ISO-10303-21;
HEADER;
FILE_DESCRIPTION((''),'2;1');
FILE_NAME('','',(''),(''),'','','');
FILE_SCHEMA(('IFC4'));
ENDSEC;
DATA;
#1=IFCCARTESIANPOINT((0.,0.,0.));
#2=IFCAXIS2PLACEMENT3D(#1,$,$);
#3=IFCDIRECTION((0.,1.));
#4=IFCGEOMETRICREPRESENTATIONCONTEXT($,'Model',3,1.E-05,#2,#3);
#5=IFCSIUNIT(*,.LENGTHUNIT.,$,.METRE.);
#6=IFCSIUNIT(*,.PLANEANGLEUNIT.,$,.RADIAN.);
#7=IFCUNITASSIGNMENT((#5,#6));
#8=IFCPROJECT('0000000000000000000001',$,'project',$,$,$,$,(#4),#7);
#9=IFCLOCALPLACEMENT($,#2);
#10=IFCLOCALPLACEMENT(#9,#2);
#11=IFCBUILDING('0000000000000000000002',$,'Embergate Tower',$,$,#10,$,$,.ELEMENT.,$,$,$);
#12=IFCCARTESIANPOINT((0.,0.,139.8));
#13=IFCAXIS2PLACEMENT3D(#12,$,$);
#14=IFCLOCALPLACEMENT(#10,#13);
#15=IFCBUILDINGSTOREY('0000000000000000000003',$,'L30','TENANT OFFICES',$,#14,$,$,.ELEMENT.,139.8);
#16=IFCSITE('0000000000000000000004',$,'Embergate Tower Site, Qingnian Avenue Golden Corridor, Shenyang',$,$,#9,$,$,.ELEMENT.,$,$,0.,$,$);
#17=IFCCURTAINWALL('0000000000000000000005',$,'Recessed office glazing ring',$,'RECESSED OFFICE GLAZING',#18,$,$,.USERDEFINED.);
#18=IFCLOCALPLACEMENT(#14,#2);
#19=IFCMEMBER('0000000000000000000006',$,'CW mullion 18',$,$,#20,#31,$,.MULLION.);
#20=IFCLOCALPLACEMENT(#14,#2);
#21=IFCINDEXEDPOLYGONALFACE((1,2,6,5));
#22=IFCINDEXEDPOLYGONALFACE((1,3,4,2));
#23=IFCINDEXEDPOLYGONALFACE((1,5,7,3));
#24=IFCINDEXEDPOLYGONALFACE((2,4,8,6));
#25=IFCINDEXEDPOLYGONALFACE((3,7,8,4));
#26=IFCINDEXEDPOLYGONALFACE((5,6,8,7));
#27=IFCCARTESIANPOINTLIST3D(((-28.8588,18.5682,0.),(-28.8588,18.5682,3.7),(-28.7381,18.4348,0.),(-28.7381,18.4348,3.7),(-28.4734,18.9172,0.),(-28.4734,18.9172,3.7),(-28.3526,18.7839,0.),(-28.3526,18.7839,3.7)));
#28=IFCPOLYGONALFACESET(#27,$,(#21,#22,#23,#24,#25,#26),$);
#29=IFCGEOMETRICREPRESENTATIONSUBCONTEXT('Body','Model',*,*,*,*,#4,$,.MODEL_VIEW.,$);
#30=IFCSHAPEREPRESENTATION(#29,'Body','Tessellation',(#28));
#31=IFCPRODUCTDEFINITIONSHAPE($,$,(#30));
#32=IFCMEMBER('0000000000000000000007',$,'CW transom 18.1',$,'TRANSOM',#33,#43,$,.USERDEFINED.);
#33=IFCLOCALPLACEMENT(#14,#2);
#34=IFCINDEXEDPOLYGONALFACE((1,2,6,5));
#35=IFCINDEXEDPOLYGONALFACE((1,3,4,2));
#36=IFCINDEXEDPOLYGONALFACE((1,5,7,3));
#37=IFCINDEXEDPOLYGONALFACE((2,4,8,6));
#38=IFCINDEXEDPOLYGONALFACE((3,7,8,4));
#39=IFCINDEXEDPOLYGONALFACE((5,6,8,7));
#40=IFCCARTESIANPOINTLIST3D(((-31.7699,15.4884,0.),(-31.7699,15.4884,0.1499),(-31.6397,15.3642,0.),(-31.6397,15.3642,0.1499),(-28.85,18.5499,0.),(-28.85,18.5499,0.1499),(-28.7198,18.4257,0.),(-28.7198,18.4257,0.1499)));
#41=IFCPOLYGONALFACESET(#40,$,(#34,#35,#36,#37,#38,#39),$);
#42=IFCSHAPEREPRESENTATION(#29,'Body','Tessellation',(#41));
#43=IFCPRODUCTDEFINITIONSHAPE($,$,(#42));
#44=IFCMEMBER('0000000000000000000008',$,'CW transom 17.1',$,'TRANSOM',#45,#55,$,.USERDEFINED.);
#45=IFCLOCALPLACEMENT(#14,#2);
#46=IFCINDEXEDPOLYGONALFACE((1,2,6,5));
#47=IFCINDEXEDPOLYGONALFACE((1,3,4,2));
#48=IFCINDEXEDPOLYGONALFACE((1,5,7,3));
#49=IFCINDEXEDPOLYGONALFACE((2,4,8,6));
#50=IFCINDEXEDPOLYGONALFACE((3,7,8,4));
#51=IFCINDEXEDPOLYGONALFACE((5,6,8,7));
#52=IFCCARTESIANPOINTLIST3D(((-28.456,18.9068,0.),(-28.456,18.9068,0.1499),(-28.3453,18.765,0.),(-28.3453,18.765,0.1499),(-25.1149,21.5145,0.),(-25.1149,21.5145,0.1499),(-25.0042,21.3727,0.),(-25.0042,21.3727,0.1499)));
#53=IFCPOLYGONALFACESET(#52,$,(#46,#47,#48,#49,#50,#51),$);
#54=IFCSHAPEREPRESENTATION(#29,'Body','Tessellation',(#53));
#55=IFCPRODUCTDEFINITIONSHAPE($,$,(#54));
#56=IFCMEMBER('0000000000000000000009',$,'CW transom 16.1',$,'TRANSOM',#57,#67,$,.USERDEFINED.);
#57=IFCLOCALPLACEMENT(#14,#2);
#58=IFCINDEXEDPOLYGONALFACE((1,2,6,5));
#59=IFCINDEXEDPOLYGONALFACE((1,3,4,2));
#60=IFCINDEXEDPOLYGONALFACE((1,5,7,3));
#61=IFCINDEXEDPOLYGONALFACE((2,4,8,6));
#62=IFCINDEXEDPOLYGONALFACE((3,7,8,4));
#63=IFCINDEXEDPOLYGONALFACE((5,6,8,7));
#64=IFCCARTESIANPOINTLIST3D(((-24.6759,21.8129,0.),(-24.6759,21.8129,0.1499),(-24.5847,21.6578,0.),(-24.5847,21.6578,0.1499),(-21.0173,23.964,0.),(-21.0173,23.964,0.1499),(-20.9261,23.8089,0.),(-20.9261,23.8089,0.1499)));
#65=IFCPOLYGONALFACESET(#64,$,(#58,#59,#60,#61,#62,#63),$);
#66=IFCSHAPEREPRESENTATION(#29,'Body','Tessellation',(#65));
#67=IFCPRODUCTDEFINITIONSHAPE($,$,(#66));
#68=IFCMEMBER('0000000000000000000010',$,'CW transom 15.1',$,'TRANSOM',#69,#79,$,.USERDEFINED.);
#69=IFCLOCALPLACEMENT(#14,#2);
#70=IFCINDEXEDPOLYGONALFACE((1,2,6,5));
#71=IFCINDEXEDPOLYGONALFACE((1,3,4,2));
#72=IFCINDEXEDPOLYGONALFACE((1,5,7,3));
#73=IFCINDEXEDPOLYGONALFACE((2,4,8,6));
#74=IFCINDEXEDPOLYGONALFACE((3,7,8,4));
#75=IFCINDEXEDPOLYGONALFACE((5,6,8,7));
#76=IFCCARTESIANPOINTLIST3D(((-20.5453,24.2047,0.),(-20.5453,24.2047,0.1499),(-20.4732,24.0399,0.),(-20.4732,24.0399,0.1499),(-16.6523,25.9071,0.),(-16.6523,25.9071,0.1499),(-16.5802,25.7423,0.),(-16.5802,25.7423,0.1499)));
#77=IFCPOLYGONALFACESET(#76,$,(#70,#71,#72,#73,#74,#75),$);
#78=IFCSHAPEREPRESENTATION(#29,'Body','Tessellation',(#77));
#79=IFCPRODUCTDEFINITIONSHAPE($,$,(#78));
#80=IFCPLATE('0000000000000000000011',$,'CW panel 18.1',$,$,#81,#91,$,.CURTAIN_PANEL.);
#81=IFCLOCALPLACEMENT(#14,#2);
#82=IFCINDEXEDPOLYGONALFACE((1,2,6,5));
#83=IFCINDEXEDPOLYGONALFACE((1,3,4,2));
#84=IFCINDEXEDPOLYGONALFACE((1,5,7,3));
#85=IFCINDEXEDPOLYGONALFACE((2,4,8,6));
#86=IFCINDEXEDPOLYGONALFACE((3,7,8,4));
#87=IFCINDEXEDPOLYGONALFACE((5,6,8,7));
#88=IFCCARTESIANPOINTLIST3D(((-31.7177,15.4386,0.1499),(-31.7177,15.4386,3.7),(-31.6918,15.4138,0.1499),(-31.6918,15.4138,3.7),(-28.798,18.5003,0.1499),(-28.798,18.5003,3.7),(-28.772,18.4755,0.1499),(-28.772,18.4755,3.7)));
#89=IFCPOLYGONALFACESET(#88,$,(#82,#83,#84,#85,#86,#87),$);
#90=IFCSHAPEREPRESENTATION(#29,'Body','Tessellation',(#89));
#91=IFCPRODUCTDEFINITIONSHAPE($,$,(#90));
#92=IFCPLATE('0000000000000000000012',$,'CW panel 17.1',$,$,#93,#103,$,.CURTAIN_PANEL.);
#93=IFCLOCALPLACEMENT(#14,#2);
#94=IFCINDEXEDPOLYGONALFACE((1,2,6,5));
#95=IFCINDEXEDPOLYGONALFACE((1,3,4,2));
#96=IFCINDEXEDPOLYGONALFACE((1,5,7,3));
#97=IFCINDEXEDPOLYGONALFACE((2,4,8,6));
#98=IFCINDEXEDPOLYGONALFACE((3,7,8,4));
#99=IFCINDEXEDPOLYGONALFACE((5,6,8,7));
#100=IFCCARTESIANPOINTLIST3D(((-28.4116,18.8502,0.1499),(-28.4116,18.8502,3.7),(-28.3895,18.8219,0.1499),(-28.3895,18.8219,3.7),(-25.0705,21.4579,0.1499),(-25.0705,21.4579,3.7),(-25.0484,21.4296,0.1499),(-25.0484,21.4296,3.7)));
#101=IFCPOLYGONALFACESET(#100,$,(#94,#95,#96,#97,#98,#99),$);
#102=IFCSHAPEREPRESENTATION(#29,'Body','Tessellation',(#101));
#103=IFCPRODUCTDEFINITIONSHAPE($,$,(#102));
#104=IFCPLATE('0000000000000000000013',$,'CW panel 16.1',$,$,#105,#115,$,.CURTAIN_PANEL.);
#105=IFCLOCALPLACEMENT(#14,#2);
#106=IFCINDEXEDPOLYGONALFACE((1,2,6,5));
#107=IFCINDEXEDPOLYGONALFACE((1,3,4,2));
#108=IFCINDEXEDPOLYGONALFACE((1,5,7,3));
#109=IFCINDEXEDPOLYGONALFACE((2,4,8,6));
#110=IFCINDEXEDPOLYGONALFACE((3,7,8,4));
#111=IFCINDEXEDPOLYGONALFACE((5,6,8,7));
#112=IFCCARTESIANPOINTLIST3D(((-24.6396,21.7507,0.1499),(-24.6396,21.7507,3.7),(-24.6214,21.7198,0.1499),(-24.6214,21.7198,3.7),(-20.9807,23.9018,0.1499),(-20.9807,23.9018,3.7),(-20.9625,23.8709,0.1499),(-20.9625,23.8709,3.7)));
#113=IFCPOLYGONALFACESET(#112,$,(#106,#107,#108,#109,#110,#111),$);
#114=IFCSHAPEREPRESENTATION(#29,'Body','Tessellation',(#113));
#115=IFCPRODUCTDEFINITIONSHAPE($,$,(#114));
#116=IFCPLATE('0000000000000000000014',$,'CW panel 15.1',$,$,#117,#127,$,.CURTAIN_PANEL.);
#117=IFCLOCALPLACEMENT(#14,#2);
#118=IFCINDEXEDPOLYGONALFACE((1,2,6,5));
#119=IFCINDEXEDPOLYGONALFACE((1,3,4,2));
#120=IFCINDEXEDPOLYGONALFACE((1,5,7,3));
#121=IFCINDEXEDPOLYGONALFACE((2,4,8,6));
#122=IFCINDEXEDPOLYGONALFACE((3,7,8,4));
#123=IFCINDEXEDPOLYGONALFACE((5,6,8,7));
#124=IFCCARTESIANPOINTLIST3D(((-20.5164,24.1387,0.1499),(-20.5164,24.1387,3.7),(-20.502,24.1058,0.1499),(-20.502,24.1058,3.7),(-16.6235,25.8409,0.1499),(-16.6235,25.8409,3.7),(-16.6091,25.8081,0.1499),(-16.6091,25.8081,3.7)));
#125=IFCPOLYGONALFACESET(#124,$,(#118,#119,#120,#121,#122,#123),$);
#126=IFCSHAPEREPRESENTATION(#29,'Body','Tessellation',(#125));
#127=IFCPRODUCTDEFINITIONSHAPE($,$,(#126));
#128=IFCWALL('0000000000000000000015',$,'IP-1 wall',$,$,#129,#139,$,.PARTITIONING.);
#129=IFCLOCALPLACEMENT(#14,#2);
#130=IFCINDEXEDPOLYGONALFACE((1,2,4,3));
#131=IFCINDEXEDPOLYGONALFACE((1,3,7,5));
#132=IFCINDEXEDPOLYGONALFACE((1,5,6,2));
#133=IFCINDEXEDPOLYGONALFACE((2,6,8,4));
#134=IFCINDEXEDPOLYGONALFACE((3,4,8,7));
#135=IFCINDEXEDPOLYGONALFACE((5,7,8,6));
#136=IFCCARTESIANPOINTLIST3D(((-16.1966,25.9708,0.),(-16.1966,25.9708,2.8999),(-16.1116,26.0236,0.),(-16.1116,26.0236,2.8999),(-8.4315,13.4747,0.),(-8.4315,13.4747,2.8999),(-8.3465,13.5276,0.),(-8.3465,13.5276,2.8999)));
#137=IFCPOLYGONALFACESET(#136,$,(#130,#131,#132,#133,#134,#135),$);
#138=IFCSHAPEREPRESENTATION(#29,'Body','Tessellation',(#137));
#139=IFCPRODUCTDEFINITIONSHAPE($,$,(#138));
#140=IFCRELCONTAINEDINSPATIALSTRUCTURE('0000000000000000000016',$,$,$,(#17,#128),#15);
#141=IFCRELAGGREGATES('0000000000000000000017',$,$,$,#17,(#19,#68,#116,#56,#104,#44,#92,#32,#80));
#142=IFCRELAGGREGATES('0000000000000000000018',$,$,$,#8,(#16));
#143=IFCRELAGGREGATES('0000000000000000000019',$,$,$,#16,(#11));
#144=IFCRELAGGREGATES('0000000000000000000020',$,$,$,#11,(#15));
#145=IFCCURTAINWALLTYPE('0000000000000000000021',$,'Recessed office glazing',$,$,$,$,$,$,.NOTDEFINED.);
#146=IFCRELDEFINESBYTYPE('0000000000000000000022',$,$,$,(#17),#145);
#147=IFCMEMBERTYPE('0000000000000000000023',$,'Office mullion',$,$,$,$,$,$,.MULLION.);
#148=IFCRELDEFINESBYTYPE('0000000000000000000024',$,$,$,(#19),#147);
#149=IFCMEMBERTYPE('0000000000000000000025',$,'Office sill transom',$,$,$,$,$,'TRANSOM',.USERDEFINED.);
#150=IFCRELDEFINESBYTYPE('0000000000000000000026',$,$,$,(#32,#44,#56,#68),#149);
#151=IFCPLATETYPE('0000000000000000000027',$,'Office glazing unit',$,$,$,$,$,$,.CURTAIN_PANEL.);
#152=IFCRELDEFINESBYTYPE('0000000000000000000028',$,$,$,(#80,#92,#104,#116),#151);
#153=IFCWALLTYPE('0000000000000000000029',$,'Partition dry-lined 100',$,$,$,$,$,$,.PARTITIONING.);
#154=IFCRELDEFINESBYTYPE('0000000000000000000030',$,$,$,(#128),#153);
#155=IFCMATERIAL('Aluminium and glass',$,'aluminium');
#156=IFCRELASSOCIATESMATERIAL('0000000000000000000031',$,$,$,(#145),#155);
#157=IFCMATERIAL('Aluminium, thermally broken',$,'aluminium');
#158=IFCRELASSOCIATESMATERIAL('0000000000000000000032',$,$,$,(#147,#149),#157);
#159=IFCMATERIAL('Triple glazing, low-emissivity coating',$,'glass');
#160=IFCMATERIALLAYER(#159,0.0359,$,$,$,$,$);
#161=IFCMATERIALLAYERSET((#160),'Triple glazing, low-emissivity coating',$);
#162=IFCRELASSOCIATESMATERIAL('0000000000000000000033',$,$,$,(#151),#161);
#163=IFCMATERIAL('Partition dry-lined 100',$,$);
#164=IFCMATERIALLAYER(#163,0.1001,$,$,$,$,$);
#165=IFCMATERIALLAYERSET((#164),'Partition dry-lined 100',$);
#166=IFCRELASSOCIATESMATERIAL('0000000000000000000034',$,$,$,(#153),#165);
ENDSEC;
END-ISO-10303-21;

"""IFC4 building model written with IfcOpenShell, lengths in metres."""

from ifc_helpers import new_model, si_unit, direction, frame, frame_2d, origin, origin_2d, place, context, subcontext, project, spatial, rectangle, extrude, source, transform, mapped, material, layer, layer_set, material_profile, profile_set, type_object, element, aggregate, save


model = new_model("IFC4")

# Units and contexts
model_context = context("Model", 3, precision=1e-05, world=origin(), true_north=direction((0.0, 1.0)))
body_context = subcontext(model_context, "Body", "Model", "MODEL_VIEW")
ifc_project = project(units=[si_unit("LENGTHUNIT", "METRE"), si_unit("PLANEANGLEUNIT", "RADIAN")], contexts=[model_context])

# Site, building, storey
site_placement = place(None, origin())
site = spatial("IfcSite", under=ifc_project, at=site_placement, Name="Embergate Tower Site, Qingnian Avenue Golden Corridor, Shenyang", CompositionType="ELEMENT", RefElevation=0.0)
building_placement = place(site_placement, origin())
building = spatial("IfcBuilding", under=site, at=building_placement, Name="Embergate Tower", CompositionType="ELEMENT")
storey_placement = place(building_placement, frame((0.0, 0.0, 139.8)))
storey = spatial("IfcBuildingStorey", under=building, at=storey_placement, Name="L30", Description="TENANT OFFICES", CompositionType="ELEMENT", Elevation=139.8)

# Curtain wall, members, plates
ifc_material_1 = material(Name="Aluminium and glass", Category="aluminium")
curtain_wall_type = type_object("IfcCurtainWallType", Name="Recessed office glazing", PredefinedType="NOTDEFINED", material=ifc_material_1)
curtain_wall_placement = place(storey_placement, origin())
curtain_wall = element("IfcCurtainWall", 1, at=curtain_wall_placement, inside=storey, type_object=curtain_wall_type, Name="Recessed office glazing ring", ObjectType="RECESSED OFFICE GLAZING", PredefinedType="USERDEFINED")
ifc_material_2 = material(Name="Aluminium, thermally broken", Category="aluminium")
ifc_material_profile_1 = material_profile(ifc_material_2, rectangle(XDim=0.1799, YDim=0.52, at=origin_2d()), Name="AL 520x180")
ifc_profile_set_1 = profile_set([ifc_material_profile_1], Name="Aluminium, thermally broken")
member_type_1 = type_object("IfcMemberType", Name="Office mullion", PredefinedType="MULLION", material=ifc_profile_set_1)
shared_shape_1 = source(origin(), body_context, "Body", "SweptSolid", [
    extrude(rectangle(XDim=0.1799, YDim=0.52, at=origin_2d()), origin(), (0.0, 0.0, 1.0), 3.7),
])
member_1_placement = place(storey_placement, frame((-28.6057, 18.676, 0.0), z_axis=(0.0, 0.0, 1.0), x_axis=(0.671225, -0.741253, 0.0)))
member_1 = element("IfcMember", 2, at=member_1_placement, type_object=member_type_1, Name="CW mullion 18", PredefinedType="MULLION", context=body_context, shape_type="MappedRepresentation", body=[
    mapped(shared_shape_1, transform((0.0, 0.0, 0.0))),
])
ifc_material_profile_2 = material_profile(ifc_material_2, rectangle(XDim=0.1799, YDim=0.1499, at=origin_2d()), Name="AL 150x180")
ifc_profile_set_2 = profile_set([ifc_material_profile_2], Name="Aluminium, thermally broken")
member_type_2 = type_object("IfcMemberType", Name="Office sill transom", ElementType="TRANSOM", PredefinedType="USERDEFINED", material=ifc_profile_set_2)
shared_shape_2 = source(origin(), body_context, "Body", "SweptSolid", [
    extrude(rectangle(XDim=0.1799, YDim=0.1499, at=origin_2d()), origin(), (0.0, 0.0, 1.0), 4.2307),
])
member_2_placement = place(storey_placement, frame((-28.7849, 18.4878, 0.075), z_axis=(-0.690174, -0.723644, 0.0), x_axis=(0.723644, -0.690174, 0.0)))
member_2 = element("IfcMember", 3, at=member_2_placement, type_object=member_type_2, Name="CW transom 18.1", ObjectType="TRANSOM", PredefinedType="USERDEFINED", context=body_context, shape_type="MappedRepresentation", body=[
    mapped(shared_shape_2, transform((0.0, 0.0, 0.0))),
])
shared_shape_3 = source(origin(), body_context, "Body", "SweptSolid", [
    extrude(rectangle(XDim=0.1799, YDim=0.1499, at=origin_2d()), origin(), (0.0, 0.0, 1.0), 4.2383),
])
member_3_placement = place(storey_placement, frame((-25.0596, 21.4436, 0.075), z_axis=(-0.788315, -0.615272, 0.0), x_axis=(0.615272, -0.788315, 0.0)))
member_3 = element("IfcMember", 4, at=member_3_placement, type_object=member_type_2, Name="CW transom 17.1", ObjectType="TRANSOM", PredefinedType="USERDEFINED", context=body_context, shape_type="MappedRepresentation", body=[
    mapped(shared_shape_3, transform((0.0, 0.0, 0.0))),
])
shared_shape_4 = source(origin(), body_context, "Body", "SweptSolid", [
    extrude(rectangle(XDim=0.1799, YDim=0.1499, at=origin_2d()), origin(), (0.0, 0.0, 1.0), 4.2441),
])
member_4_placement = place(storey_placement, frame((-20.9717, 23.8865, 0.075), z_axis=(-0.862042, -0.506837, 0.0), x_axis=(0.506837, -0.862042, 0.0)))
member_4 = element("IfcMember", 5, at=member_4_placement, type_object=member_type_2, Name="CW transom 16.1", ObjectType="TRANSOM", PredefinedType="USERDEFINED", context=body_context, shape_type="MappedRepresentation", body=[
    mapped(shared_shape_4, transform((0.0, 0.0, 0.0))),
])
shared_shape_5 = source(origin(), body_context, "Body", "SweptSolid", [
    extrude(rectangle(XDim=0.1799, YDim=0.1499, at=origin_2d()), origin(), (0.0, 0.0, 1.0), 4.249),
])
member_5_placement = place(storey_placement, frame((-16.6162, 25.8247, 0.075), z_axis=(-0.916229, -0.400656, 0.0), x_axis=(0.400656, -0.916229, 0.0)))
member_5 = element("IfcMember", 6, at=member_5_placement, type_object=member_type_2, Name="CW transom 15.1", ObjectType="TRANSOM", PredefinedType="USERDEFINED", context=body_context, shape_type="MappedRepresentation", body=[
    mapped(shared_shape_5, transform((0.0, 0.0, 0.0))),
])
ifc_material_3 = material(Name="Triple glazing, low-emissivity coating", Category="glass")
ifc_layer_1 = layer(ifc_material_3, 0.0359)
ifc_layer_set_1 = layer_set([ifc_layer_1], Name="Triple glazing, low-emissivity coating")
plate_type = type_object("IfcPlateType", Name="Office glazing unit", PredefinedType="CURTAIN_PANEL", material=ifc_layer_set_1)
shared_shape_6 = source(origin(), body_context, "Body", "SweptSolid", [
    extrude(rectangle(XDim=4.2307, YDim=0.0359, at=origin_2d()), origin(), (0.0, 0.0, 1.0), 3.55),
])
plate_1_placement = place(storey_placement, frame((-30.2449, 16.957, 0.1499), z_axis=(0.0, 0.0, 1.0), x_axis=(-0.690138, -0.723678, 0.0)))
plate_1 = element("IfcPlate", 7, at=plate_1_placement, type_object=plate_type, Name="CW panel 18.1", PredefinedType="CURTAIN_PANEL", context=body_context, shape_type="MappedRepresentation", body=[
    mapped(shared_shape_6, transform((0.0, 0.0, 0.0))),
])
shared_shape_7 = source(origin(), body_context, "Body", "SweptSolid", [
    extrude(rectangle(XDim=4.2383, YDim=0.0359, at=origin_2d()), origin(), (0.0, 0.0, 1.0), 3.55),
])
plate_2_placement = place(storey_placement, frame((-26.73, 20.1399, 0.1499), z_axis=(0.0, 0.0, 1.0), x_axis=(-0.788322, -0.615263, 0.0)))
plate_2 = element("IfcPlate", 8, at=plate_2_placement, type_object=plate_type, Name="CW panel 17.1", PredefinedType="CURTAIN_PANEL", context=body_context, shape_type="MappedRepresentation", body=[
    mapped(shared_shape_7, transform((0.0, 0.0, 0.0))),
])
shared_shape_8 = source(origin(), body_context, "Body", "SweptSolid", [
    extrude(rectangle(XDim=4.2444, YDim=0.0359, at=origin_2d()), origin(), (0.0, 0.0, 1.0), 3.55),
])
plate_3_placement = place(storey_placement, frame((-22.801, 22.8108, 0.1499), z_axis=(0.0, 0.0, 1.0), x_axis=(-0.862055, -0.506815, 0.0)))
plate_3 = element("IfcPlate", 9, at=plate_3_placement, type_object=plate_type, Name="CW panel 16.1", PredefinedType="CURTAIN_PANEL", context=body_context, shape_type="MappedRepresentation", body=[
    mapped(shared_shape_8, transform((0.0, 0.0, 0.0))),
])
shared_shape_9 = source(origin(), body_context, "Body", "SweptSolid", [
    extrude(rectangle(XDim=4.2488, YDim=0.0359, at=origin_2d()), origin(), (0.0, 0.0, 1.0), 3.55),
])
plate_4_placement = place(storey_placement, frame((-18.5627, 24.9734, 0.1499), z_axis=(0.0, 0.0, 1.0), x_axis=(-0.916237, -0.400637, 0.0)))
plate_4 = element("IfcPlate", 10, at=plate_4_placement, type_object=plate_type, Name="CW panel 15.1", PredefinedType="CURTAIN_PANEL", context=body_context, shape_type="MappedRepresentation", body=[
    mapped(shared_shape_9, transform((0.0, 0.0, 0.0))),
])
aggregate(curtain_wall, [member_1, member_5, plate_4, member_4, plate_3, member_3, plate_2, member_2, plate_1])

# Wall
ifc_material_4 = material(Name="Partition dry-lined 100")
ifc_layer_2 = layer(ifc_material_4, 0.1001)
ifc_layer_set_2 = layer_set([ifc_layer_2], Name="Partition dry-lined 100")
wall_type = type_object("IfcWallType", Name="Partition dry-lined 100", PredefinedType="PARTITIONING", material=ifc_layer_set_2)
shared_shape_10 = source(origin(), body_context, "Body", "SweptSolid", [
    extrude(rectangle(XDim=14.7122, YDim=0.1001, at=frame_2d((7.356, 0.0))), origin(), (0.0, 0.0, 1.0), 2.8999),
])
wall_placement = place(storey_placement, frame((-16.1541, 25.9971, 0.0), z_axis=(0.0, 0.0, 1.0), x_axis=(0.527801, -0.849368, 0.0)))
element("IfcWall", 11, at=wall_placement, inside=storey, type_object=wall_type, Name="IP-1 wall", PredefinedType="PARTITIONING", context=body_context, shape_type="MappedRepresentation", body=[
    mapped(shared_shape_10, transform((0.0, 0.0, 0.0))),
])

save(model, "model.ifc")
